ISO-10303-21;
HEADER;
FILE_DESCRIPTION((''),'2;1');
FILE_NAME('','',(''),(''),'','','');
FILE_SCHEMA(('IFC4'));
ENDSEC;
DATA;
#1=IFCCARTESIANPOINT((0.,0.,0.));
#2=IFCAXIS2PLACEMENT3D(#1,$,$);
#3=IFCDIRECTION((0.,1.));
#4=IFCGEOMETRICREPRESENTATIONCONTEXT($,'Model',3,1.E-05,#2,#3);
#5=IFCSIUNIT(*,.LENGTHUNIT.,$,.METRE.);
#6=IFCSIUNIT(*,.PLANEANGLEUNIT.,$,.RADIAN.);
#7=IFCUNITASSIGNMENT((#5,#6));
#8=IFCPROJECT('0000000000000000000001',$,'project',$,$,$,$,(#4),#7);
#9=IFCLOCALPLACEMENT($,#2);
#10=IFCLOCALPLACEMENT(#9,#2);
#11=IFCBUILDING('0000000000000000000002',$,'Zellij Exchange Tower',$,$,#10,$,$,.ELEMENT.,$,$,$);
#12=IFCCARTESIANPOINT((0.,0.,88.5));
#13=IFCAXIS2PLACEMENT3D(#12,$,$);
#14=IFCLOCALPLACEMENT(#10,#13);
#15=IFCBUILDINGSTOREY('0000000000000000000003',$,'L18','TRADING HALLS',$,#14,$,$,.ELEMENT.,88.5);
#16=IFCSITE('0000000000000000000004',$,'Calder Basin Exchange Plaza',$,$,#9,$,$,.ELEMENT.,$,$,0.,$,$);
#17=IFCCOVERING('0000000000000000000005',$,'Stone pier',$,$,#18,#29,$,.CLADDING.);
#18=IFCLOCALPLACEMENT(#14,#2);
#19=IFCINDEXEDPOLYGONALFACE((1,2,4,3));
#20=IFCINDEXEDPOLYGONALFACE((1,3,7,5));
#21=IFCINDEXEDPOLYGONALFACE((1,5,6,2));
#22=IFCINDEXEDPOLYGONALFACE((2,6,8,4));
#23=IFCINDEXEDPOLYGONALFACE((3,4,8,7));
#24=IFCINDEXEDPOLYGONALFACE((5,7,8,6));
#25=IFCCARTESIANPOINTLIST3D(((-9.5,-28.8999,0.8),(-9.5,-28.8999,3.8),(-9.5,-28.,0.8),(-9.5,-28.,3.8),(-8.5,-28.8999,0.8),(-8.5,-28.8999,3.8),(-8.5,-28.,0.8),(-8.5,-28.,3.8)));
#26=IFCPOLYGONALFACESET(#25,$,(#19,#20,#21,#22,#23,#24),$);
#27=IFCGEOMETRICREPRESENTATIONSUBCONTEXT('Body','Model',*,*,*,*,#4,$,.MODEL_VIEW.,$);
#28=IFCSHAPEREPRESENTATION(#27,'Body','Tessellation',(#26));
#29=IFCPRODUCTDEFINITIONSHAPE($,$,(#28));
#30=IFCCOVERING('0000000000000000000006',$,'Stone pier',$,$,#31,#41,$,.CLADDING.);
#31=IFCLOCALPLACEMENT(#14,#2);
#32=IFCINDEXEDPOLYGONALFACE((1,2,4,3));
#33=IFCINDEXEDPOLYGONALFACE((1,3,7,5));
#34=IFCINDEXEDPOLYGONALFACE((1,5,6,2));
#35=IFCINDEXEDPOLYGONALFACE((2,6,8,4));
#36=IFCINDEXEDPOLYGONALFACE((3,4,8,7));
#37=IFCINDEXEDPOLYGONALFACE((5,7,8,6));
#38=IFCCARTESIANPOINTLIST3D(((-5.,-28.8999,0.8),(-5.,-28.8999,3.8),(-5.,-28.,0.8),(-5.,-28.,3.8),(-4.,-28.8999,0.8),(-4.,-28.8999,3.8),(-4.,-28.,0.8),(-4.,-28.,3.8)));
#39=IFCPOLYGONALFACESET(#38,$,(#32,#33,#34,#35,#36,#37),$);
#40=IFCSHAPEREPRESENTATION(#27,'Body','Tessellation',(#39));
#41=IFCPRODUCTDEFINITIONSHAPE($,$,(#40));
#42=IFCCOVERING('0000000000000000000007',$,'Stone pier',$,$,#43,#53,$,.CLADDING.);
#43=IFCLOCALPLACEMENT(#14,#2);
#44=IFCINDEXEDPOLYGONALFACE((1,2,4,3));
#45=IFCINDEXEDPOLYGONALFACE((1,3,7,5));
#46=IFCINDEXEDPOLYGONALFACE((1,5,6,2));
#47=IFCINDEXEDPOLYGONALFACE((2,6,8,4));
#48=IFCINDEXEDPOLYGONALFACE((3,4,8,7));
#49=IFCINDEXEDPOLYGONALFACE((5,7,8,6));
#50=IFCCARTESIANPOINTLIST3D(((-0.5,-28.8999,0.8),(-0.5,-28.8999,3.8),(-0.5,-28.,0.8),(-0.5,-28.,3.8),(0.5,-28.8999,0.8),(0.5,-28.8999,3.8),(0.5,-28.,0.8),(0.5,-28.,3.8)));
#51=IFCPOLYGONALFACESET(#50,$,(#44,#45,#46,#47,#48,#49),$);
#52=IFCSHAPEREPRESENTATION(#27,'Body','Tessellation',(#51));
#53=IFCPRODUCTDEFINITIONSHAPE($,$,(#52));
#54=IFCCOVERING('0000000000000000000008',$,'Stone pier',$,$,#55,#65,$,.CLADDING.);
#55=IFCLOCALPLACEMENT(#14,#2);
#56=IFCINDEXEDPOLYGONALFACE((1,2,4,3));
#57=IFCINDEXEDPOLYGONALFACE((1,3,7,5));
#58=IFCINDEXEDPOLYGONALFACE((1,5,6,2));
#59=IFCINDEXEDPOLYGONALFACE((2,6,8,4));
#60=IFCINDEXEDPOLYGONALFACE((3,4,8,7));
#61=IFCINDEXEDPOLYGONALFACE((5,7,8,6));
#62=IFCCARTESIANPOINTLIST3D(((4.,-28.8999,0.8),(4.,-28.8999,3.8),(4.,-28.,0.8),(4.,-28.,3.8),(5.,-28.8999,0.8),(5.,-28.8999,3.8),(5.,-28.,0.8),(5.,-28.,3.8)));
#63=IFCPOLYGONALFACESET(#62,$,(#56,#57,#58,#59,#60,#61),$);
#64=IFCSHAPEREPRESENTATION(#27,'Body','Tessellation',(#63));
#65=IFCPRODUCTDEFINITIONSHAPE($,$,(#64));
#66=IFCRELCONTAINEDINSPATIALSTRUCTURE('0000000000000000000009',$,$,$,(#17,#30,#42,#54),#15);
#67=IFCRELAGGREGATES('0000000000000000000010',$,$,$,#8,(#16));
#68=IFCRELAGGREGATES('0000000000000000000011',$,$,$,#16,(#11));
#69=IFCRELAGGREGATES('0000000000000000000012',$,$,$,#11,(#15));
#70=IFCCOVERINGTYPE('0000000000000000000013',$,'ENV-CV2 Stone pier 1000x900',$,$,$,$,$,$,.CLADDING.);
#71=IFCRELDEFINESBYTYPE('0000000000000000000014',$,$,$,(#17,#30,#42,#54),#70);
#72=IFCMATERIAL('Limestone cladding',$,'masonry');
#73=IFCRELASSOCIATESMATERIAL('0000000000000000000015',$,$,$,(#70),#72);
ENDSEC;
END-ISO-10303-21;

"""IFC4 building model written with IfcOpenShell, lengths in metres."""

from ifc_helpers import new_model, si_unit, direction, frame, origin, place, context, subcontext, project, spatial, polyline, outline, extrude, material, type_object, element, save


model = new_model("IFC4")

# Units and contexts
model_context = context("Model", 3, precision=1e-05, world=origin(), true_north=direction((0.0, 1.0)))
body_context = subcontext(model_context, "Body", "Model", "MODEL_VIEW")
ifc_project = project(units=[si_unit("LENGTHUNIT", "METRE"), si_unit("PLANEANGLEUNIT", "RADIAN")], contexts=[model_context])

# Site, building, storey
site_placement = place(None, origin())
site = spatial("IfcSite", under=ifc_project, at=site_placement, Name="Calder Basin Exchange Plaza", CompositionType="ELEMENT", RefElevation=0.0)
building_placement = place(site_placement, origin())
building = spatial("IfcBuilding", under=site, at=building_placement, Name="Zellij Exchange Tower", CompositionType="ELEMENT")
storey_placement = place(building_placement, frame((0.0, 0.0, 88.5)))
storey = spatial("IfcBuildingStorey", under=building, at=storey_placement, Name="L18", Description="TRADING HALLS", CompositionType="ELEMENT", Elevation=88.5)

# Coverings
ifc_material_1 = material(Name="Limestone cladding", Category="masonry")
covering_type = type_object("IfcCoveringType", Name="ENV-CV2 Stone pier 1000x900", PredefinedType="CLADDING", material=ifc_material_1)
covering_1_placement = place(storey_placement, frame((0.0, 0.0, 0.8)))
element("IfcCovering", 1, at=covering_1_placement, inside=storey, type_object=covering_type, Name="Stone pier", PredefinedType="CLADDING", context=body_context, shape_type="SweptSolid", body=[
    extrude(outline(polyline([(-9.5, -28.0), (-8.5, -28.0), (-8.5, -28.8999), (-9.5, -28.8999), (-9.5, -28.0)])), origin(), (0.0, 0.0, 1.0), 3.0),
])
covering_2_placement = place(storey_placement, frame((0.0, 0.0, 0.8)))
element("IfcCovering", 2, at=covering_2_placement, inside=storey, type_object=covering_type, Name="Stone pier", PredefinedType="CLADDING", context=body_context, shape_type="SweptSolid", body=[
    extrude(outline(polyline([(-5.0, -28.0), (-4.0, -28.0), (-4.0, -28.8999), (-5.0, -28.8999), (-5.0, -28.0)])), origin(), (0.0, 0.0, 1.0), 3.0),
])
covering_3_placement = place(storey_placement, frame((0.0, 0.0, 0.8)))
element("IfcCovering", 3, at=covering_3_placement, inside=storey, type_object=covering_type, Name="Stone pier", PredefinedType="CLADDING", context=body_context, shape_type="SweptSolid", body=[
    extrude(outline(polyline([(-0.5, -28.0), (0.5, -28.0), (0.5, -28.8999), (-0.5, -28.8999), (-0.5, -28.0)])), origin(), (0.0, 0.0, 1.0), 3.0),
])
covering_4_placement = place(storey_placement, frame((0.0, 0.0, 0.8)))
element("IfcCovering", 4, at=covering_4_placement, inside=storey, type_object=covering_type, Name="Stone pier", PredefinedType="CLADDING", context=body_context, shape_type="SweptSolid", body=[
    extrude(outline(polyline([(4.0, -28.0), (5.0, -28.0), (5.0, -28.8999), (4.0, -28.8999), (4.0, -28.0)])), origin(), (0.0, 0.0, 1.0), 3.0),
])

save(model, "model.ifc")
